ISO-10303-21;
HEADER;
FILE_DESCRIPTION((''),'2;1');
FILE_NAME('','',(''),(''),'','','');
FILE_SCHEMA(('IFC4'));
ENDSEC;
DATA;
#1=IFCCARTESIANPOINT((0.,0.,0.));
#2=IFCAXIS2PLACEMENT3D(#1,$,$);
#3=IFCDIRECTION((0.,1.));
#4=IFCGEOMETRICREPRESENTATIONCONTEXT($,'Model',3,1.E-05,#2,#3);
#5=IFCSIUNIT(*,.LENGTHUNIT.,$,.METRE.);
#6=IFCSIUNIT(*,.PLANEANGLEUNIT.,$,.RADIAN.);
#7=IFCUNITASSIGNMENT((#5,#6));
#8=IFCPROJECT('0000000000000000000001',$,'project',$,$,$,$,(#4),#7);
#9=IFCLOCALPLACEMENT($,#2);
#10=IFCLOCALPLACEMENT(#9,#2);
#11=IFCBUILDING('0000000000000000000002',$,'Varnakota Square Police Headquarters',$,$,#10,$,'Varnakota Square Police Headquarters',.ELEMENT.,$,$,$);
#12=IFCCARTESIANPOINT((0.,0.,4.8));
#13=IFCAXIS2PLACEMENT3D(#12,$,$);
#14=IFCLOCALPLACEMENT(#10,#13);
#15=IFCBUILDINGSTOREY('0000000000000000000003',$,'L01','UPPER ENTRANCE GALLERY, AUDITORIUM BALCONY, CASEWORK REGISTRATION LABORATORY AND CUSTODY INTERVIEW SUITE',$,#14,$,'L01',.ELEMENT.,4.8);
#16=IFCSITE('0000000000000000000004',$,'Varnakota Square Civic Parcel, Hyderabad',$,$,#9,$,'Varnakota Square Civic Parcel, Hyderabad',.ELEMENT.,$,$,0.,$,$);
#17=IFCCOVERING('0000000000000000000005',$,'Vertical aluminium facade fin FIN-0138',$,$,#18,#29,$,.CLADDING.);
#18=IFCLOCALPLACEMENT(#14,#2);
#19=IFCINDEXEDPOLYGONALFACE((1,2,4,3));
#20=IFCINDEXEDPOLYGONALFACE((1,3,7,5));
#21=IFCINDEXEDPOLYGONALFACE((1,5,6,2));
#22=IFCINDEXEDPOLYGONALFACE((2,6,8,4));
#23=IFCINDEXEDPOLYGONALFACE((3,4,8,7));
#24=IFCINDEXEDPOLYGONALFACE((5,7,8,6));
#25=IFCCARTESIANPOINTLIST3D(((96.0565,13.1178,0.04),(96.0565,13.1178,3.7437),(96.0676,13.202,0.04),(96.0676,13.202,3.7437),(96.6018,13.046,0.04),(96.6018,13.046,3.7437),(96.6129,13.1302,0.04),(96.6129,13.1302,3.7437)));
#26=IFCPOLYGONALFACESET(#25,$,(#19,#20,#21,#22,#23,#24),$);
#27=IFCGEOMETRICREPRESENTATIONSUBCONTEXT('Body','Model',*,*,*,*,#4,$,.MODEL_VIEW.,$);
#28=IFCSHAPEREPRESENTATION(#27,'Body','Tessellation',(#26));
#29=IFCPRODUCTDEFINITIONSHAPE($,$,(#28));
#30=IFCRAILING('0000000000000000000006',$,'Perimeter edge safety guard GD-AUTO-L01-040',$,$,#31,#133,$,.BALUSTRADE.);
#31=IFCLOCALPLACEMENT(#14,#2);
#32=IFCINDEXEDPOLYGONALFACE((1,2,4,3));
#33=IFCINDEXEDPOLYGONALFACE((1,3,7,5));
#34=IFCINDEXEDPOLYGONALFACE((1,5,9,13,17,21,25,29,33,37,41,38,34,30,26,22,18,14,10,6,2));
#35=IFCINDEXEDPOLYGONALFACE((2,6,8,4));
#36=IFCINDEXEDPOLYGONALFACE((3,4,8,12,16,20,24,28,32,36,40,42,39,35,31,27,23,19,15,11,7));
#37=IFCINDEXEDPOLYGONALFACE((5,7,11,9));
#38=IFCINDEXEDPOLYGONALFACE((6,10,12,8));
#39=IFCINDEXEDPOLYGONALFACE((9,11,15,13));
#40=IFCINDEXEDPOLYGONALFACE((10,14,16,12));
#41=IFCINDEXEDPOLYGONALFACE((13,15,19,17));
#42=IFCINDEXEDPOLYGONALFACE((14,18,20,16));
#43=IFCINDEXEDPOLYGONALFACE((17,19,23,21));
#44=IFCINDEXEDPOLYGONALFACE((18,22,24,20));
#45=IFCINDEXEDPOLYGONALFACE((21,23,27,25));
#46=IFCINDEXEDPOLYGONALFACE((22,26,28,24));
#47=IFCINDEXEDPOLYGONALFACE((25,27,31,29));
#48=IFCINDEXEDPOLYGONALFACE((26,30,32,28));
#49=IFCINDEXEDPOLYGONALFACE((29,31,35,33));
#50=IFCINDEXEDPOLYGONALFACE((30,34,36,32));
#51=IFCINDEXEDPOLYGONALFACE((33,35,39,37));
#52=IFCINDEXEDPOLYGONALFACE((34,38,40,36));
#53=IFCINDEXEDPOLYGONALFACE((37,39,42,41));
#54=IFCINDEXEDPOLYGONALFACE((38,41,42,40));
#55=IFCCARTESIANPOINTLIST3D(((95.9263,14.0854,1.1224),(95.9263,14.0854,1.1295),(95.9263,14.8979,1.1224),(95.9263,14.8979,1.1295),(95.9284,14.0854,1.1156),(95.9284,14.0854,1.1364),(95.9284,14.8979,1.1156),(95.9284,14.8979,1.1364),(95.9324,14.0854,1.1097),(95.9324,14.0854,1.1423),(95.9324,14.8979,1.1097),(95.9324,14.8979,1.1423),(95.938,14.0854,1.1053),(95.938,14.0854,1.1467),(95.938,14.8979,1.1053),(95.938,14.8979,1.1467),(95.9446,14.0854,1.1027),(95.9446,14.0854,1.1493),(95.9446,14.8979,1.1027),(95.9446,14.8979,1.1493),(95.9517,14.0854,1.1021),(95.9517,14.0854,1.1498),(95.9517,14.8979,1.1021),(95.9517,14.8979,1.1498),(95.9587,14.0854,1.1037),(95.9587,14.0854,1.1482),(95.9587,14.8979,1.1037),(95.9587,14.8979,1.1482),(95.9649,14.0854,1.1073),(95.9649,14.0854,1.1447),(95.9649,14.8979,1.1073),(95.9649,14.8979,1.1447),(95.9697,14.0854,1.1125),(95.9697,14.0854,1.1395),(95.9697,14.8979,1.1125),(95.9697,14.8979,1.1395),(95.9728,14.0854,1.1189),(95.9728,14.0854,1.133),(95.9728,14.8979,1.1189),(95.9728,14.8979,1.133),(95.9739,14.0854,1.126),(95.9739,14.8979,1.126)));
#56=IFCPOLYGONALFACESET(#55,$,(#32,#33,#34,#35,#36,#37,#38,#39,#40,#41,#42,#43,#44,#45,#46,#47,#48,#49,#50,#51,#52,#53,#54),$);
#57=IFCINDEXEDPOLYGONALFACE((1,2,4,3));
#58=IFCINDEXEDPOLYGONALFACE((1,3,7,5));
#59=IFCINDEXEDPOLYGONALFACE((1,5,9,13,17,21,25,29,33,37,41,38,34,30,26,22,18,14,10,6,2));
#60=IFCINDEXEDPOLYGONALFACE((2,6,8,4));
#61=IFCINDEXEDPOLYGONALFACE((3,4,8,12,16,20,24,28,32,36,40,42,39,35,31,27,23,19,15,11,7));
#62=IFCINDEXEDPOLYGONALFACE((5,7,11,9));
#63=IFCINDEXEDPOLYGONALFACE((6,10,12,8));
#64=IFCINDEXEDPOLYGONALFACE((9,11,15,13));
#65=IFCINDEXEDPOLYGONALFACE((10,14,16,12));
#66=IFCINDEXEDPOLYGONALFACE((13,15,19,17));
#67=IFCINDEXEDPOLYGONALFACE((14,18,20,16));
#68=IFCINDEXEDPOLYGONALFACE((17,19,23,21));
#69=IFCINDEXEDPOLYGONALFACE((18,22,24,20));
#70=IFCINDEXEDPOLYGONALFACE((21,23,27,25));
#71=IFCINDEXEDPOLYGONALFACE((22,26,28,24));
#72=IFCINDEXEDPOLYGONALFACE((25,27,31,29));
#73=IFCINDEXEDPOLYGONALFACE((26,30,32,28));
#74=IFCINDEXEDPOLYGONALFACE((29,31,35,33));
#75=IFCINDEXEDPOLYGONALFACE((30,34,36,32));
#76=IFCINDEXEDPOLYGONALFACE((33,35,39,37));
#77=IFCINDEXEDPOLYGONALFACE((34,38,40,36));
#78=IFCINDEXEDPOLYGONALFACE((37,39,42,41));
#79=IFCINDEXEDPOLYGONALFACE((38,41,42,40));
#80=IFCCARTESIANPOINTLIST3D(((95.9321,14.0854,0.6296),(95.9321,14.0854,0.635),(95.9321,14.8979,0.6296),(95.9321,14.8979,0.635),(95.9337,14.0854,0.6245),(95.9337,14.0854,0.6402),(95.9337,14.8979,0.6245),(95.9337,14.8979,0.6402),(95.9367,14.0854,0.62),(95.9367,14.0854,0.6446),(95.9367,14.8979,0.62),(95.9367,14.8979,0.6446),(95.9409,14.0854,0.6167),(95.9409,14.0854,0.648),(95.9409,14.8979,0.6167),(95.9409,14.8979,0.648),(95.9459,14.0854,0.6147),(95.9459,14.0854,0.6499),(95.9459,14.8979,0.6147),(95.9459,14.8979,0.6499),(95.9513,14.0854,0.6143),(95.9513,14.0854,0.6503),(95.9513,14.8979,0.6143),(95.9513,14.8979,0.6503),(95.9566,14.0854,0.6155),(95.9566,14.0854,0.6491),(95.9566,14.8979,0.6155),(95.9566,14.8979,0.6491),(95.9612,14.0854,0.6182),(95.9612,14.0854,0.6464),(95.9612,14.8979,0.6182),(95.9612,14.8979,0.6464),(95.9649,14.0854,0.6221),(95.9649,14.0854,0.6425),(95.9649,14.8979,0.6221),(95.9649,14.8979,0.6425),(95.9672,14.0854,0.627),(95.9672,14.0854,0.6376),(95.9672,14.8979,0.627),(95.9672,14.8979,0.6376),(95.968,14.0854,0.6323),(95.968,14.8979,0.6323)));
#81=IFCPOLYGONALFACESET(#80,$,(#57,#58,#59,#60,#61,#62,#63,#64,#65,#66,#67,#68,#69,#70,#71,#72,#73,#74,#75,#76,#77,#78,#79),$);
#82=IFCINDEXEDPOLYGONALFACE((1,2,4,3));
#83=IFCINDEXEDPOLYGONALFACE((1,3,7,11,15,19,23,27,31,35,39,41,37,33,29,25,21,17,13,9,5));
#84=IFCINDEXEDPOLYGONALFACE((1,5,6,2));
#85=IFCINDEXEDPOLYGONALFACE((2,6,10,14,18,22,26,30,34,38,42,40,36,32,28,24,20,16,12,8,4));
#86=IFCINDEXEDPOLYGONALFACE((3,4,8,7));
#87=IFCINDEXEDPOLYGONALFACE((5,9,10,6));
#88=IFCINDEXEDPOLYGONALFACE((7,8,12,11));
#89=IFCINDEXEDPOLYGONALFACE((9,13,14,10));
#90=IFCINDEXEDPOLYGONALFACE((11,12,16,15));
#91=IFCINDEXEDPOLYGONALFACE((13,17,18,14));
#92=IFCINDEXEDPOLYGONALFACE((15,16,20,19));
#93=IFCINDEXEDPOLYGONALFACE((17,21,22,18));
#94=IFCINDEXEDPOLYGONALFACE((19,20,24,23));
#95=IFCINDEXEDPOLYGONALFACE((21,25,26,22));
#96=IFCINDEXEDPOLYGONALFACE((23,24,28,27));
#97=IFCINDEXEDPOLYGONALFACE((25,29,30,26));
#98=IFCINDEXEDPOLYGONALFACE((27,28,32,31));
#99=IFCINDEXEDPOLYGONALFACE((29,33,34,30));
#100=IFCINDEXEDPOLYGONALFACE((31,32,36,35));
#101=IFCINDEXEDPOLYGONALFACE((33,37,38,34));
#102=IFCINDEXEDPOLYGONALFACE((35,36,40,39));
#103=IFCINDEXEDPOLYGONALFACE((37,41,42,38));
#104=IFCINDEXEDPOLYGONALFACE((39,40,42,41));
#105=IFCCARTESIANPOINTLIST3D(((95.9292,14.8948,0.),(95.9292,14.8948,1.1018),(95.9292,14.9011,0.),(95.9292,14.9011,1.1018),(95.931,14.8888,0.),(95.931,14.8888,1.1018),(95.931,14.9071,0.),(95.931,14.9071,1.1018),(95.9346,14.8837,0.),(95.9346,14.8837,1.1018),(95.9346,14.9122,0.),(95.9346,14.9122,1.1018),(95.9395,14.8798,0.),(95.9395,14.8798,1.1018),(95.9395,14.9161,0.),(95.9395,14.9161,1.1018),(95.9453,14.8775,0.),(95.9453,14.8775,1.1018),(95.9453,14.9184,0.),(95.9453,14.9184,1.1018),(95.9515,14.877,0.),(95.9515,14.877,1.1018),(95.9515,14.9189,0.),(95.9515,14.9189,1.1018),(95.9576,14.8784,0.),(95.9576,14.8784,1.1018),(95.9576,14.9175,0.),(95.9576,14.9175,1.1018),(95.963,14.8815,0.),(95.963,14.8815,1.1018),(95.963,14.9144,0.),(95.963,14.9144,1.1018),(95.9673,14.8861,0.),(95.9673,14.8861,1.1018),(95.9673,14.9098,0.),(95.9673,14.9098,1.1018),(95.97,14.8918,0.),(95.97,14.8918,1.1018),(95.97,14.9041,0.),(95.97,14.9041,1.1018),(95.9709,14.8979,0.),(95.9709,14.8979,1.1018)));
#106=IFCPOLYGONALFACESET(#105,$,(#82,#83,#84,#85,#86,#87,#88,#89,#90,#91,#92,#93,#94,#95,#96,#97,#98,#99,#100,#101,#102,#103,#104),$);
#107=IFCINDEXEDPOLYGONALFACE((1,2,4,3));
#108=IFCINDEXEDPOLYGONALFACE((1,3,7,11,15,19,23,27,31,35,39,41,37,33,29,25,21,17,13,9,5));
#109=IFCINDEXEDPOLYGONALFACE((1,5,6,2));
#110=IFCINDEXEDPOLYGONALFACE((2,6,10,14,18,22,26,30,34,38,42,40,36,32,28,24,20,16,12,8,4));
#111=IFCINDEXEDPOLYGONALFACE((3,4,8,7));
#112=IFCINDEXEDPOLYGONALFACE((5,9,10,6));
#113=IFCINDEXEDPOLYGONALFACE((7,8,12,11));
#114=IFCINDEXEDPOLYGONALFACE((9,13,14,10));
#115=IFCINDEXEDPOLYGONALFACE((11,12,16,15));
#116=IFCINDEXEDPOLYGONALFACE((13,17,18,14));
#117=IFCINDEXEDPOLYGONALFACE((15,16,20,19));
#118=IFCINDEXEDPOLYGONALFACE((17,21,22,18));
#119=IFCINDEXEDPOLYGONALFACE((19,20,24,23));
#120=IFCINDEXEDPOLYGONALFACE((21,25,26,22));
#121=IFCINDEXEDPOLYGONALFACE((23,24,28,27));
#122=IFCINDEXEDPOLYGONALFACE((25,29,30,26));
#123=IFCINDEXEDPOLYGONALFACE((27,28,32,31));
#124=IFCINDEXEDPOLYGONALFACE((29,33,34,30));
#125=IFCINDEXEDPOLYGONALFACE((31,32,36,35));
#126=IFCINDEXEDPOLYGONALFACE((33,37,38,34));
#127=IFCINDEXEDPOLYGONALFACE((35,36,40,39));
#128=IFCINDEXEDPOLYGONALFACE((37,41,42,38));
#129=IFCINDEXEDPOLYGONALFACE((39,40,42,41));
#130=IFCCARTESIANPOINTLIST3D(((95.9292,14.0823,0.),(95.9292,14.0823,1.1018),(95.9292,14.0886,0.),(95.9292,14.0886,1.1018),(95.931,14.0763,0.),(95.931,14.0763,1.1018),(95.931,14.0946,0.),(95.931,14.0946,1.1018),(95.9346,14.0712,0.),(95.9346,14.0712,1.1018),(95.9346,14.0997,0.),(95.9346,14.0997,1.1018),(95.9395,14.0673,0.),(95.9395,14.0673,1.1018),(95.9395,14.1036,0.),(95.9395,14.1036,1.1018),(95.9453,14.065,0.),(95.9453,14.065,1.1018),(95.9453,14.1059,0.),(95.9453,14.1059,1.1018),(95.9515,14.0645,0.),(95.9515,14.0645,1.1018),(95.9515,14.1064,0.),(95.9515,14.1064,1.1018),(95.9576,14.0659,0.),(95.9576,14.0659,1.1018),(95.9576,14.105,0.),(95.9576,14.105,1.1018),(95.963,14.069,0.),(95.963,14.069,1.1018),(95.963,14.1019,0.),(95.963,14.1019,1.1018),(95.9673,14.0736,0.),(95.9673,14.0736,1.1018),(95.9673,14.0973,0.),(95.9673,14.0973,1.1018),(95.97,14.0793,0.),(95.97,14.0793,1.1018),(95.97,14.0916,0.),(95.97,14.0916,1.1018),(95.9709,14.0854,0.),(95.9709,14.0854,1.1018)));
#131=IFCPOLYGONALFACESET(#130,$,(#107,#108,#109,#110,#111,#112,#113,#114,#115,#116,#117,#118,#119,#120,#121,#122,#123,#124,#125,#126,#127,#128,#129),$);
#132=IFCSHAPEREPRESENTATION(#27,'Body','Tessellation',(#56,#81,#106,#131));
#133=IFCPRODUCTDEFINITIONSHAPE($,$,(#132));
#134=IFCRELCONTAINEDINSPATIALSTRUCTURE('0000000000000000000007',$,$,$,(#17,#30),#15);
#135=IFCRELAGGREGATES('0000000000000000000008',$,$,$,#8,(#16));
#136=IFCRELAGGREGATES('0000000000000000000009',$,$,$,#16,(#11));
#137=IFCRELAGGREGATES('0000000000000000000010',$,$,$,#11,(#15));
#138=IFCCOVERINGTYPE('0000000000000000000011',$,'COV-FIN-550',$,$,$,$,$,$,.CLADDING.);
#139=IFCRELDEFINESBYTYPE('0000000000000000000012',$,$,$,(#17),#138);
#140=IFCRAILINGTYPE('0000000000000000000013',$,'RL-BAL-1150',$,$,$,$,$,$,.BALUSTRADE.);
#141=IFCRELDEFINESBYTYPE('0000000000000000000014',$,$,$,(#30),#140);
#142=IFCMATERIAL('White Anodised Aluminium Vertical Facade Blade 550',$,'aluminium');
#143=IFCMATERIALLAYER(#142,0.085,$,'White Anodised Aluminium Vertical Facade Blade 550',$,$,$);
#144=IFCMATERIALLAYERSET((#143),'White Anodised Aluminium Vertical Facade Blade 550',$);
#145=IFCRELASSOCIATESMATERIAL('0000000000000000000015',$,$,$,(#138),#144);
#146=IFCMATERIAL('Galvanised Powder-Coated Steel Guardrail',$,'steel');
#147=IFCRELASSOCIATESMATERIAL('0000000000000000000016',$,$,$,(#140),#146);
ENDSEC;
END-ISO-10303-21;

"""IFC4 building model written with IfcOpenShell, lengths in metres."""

from ifc_helpers import new_model, si_unit, direction, frame, origin, origin_2d, place, context, subcontext, project, spatial, rectangle, circle, extrude, material, layer, layer_set, type_object, element, save


model = new_model("IFC4")

# Units and contexts
model_context = context("Model", 3, precision=1e-05, world=origin(), true_north=direction((0.0, 1.0)))
body_context = subcontext(model_context, "Body", "Model", "MODEL_VIEW")
ifc_project = project(units=[si_unit("LENGTHUNIT", "METRE"), si_unit("PLANEANGLEUNIT", "RADIAN")], contexts=[model_context])

# Site, building, storey
site_placement = place(None, origin())
site = spatial("IfcSite", under=ifc_project, at=site_placement, Name="Varnakota Square Civic Parcel, Hyderabad", LongName="Varnakota Square Civic Parcel, Hyderabad", CompositionType="ELEMENT", RefElevation=0.0)
building_placement = place(site_placement, origin())
building = spatial("IfcBuilding", under=site, at=building_placement, Name="Varnakota Square Police Headquarters", LongName="Varnakota Square Police Headquarters", CompositionType="ELEMENT")
storey_placement = place(building_placement, frame((0.0, 0.0, 4.8)))
storey = spatial("IfcBuildingStorey", under=building, at=storey_placement, Name="L01", Description="UPPER ENTRANCE GALLERY, AUDITORIUM BALCONY, CASEWORK REGISTRATION LABORATORY AND CUSTODY INTERVIEW SUITE", LongName="L01", CompositionType="ELEMENT", Elevation=4.8)

# Covering
ifc_material_1 = material(Name="White Anodised Aluminium Vertical Facade Blade 550", Category="aluminium")
ifc_layer_1 = layer(ifc_material_1, 0.085, Name="White Anodised Aluminium Vertical Facade Blade 550")
ifc_layer_set_1 = layer_set([ifc_layer_1], Name="White Anodised Aluminium Vertical Facade Blade 550")
covering_type_1 = type_object("IfcCoveringType", Name="COV-FIN-550", PredefinedType="CLADDING", material=ifc_layer_set_1)
for number, where, z_axis, x_axis, name in (
    (1, (96.3347, 13.124, 0.04), (0.0, 0.0, 1.0), (0.130526, 0.991445, 0.0), "Vertical aluminium facade fin FIN-0138"),
):
    element("IfcCovering", number, at=place(storey_placement, frame(where, z_axis=z_axis, x_axis=x_axis)), inside=storey, type_object=covering_type_1, Name=name, PredefinedType="CLADDING", context=body_context, shape_type="SweptSolid", body=[
        extrude(rectangle(XDim=0.085, YDim=0.55, at=origin_2d()), origin(), (0.0, 0.0, 1.0), 3.7036),
    ])

# Railing
ifc_material_2 = material(Name="Galvanised Powder-Coated Steel Guardrail", Category="steel")
railing_type = type_object("IfcRailingType", Name="RL-BAL-1150", PredefinedType="BALUSTRADE", material=ifc_material_2)
railing_1_placement = place(storey_placement, frame((95.95, 14.8979, 0.0)))
element("IfcRailing", 2, at=railing_1_placement, inside=storey, type_object=railing_type, Name="Perimeter edge safety guard GD-AUTO-L01-040", PredefinedType="BALUSTRADE", context=body_context, shape_type="SweptSolid", body=[
    extrude(circle(Radius=0.0239, at=origin_2d()), frame((0.0, 0.0, 1.126), z_axis=(0.0, -1.0, 0.0), x_axis=(1.0, 0.0, 0.0)), (0.0, 0.0, 1.0), 0.8125),
    extrude(circle(Radius=0.0181, at=origin_2d()), frame((0.0, 0.0, 0.6323), z_axis=(0.0, -1.0, 0.0), x_axis=(1.0, 0.0, 0.0)), (0.0, 0.0, 1.0), 0.8125),
    extrude(circle(Radius=0.021, at=origin_2d()), origin(), (0.0, 0.0, 1.0), 1.1018),
    extrude(circle(Radius=0.021, at=origin_2d()), frame((0.0, -0.8125, 0.0)), (0.0, 0.0, 1.0), 1.1018),
])

save(model, "model.ifc")
